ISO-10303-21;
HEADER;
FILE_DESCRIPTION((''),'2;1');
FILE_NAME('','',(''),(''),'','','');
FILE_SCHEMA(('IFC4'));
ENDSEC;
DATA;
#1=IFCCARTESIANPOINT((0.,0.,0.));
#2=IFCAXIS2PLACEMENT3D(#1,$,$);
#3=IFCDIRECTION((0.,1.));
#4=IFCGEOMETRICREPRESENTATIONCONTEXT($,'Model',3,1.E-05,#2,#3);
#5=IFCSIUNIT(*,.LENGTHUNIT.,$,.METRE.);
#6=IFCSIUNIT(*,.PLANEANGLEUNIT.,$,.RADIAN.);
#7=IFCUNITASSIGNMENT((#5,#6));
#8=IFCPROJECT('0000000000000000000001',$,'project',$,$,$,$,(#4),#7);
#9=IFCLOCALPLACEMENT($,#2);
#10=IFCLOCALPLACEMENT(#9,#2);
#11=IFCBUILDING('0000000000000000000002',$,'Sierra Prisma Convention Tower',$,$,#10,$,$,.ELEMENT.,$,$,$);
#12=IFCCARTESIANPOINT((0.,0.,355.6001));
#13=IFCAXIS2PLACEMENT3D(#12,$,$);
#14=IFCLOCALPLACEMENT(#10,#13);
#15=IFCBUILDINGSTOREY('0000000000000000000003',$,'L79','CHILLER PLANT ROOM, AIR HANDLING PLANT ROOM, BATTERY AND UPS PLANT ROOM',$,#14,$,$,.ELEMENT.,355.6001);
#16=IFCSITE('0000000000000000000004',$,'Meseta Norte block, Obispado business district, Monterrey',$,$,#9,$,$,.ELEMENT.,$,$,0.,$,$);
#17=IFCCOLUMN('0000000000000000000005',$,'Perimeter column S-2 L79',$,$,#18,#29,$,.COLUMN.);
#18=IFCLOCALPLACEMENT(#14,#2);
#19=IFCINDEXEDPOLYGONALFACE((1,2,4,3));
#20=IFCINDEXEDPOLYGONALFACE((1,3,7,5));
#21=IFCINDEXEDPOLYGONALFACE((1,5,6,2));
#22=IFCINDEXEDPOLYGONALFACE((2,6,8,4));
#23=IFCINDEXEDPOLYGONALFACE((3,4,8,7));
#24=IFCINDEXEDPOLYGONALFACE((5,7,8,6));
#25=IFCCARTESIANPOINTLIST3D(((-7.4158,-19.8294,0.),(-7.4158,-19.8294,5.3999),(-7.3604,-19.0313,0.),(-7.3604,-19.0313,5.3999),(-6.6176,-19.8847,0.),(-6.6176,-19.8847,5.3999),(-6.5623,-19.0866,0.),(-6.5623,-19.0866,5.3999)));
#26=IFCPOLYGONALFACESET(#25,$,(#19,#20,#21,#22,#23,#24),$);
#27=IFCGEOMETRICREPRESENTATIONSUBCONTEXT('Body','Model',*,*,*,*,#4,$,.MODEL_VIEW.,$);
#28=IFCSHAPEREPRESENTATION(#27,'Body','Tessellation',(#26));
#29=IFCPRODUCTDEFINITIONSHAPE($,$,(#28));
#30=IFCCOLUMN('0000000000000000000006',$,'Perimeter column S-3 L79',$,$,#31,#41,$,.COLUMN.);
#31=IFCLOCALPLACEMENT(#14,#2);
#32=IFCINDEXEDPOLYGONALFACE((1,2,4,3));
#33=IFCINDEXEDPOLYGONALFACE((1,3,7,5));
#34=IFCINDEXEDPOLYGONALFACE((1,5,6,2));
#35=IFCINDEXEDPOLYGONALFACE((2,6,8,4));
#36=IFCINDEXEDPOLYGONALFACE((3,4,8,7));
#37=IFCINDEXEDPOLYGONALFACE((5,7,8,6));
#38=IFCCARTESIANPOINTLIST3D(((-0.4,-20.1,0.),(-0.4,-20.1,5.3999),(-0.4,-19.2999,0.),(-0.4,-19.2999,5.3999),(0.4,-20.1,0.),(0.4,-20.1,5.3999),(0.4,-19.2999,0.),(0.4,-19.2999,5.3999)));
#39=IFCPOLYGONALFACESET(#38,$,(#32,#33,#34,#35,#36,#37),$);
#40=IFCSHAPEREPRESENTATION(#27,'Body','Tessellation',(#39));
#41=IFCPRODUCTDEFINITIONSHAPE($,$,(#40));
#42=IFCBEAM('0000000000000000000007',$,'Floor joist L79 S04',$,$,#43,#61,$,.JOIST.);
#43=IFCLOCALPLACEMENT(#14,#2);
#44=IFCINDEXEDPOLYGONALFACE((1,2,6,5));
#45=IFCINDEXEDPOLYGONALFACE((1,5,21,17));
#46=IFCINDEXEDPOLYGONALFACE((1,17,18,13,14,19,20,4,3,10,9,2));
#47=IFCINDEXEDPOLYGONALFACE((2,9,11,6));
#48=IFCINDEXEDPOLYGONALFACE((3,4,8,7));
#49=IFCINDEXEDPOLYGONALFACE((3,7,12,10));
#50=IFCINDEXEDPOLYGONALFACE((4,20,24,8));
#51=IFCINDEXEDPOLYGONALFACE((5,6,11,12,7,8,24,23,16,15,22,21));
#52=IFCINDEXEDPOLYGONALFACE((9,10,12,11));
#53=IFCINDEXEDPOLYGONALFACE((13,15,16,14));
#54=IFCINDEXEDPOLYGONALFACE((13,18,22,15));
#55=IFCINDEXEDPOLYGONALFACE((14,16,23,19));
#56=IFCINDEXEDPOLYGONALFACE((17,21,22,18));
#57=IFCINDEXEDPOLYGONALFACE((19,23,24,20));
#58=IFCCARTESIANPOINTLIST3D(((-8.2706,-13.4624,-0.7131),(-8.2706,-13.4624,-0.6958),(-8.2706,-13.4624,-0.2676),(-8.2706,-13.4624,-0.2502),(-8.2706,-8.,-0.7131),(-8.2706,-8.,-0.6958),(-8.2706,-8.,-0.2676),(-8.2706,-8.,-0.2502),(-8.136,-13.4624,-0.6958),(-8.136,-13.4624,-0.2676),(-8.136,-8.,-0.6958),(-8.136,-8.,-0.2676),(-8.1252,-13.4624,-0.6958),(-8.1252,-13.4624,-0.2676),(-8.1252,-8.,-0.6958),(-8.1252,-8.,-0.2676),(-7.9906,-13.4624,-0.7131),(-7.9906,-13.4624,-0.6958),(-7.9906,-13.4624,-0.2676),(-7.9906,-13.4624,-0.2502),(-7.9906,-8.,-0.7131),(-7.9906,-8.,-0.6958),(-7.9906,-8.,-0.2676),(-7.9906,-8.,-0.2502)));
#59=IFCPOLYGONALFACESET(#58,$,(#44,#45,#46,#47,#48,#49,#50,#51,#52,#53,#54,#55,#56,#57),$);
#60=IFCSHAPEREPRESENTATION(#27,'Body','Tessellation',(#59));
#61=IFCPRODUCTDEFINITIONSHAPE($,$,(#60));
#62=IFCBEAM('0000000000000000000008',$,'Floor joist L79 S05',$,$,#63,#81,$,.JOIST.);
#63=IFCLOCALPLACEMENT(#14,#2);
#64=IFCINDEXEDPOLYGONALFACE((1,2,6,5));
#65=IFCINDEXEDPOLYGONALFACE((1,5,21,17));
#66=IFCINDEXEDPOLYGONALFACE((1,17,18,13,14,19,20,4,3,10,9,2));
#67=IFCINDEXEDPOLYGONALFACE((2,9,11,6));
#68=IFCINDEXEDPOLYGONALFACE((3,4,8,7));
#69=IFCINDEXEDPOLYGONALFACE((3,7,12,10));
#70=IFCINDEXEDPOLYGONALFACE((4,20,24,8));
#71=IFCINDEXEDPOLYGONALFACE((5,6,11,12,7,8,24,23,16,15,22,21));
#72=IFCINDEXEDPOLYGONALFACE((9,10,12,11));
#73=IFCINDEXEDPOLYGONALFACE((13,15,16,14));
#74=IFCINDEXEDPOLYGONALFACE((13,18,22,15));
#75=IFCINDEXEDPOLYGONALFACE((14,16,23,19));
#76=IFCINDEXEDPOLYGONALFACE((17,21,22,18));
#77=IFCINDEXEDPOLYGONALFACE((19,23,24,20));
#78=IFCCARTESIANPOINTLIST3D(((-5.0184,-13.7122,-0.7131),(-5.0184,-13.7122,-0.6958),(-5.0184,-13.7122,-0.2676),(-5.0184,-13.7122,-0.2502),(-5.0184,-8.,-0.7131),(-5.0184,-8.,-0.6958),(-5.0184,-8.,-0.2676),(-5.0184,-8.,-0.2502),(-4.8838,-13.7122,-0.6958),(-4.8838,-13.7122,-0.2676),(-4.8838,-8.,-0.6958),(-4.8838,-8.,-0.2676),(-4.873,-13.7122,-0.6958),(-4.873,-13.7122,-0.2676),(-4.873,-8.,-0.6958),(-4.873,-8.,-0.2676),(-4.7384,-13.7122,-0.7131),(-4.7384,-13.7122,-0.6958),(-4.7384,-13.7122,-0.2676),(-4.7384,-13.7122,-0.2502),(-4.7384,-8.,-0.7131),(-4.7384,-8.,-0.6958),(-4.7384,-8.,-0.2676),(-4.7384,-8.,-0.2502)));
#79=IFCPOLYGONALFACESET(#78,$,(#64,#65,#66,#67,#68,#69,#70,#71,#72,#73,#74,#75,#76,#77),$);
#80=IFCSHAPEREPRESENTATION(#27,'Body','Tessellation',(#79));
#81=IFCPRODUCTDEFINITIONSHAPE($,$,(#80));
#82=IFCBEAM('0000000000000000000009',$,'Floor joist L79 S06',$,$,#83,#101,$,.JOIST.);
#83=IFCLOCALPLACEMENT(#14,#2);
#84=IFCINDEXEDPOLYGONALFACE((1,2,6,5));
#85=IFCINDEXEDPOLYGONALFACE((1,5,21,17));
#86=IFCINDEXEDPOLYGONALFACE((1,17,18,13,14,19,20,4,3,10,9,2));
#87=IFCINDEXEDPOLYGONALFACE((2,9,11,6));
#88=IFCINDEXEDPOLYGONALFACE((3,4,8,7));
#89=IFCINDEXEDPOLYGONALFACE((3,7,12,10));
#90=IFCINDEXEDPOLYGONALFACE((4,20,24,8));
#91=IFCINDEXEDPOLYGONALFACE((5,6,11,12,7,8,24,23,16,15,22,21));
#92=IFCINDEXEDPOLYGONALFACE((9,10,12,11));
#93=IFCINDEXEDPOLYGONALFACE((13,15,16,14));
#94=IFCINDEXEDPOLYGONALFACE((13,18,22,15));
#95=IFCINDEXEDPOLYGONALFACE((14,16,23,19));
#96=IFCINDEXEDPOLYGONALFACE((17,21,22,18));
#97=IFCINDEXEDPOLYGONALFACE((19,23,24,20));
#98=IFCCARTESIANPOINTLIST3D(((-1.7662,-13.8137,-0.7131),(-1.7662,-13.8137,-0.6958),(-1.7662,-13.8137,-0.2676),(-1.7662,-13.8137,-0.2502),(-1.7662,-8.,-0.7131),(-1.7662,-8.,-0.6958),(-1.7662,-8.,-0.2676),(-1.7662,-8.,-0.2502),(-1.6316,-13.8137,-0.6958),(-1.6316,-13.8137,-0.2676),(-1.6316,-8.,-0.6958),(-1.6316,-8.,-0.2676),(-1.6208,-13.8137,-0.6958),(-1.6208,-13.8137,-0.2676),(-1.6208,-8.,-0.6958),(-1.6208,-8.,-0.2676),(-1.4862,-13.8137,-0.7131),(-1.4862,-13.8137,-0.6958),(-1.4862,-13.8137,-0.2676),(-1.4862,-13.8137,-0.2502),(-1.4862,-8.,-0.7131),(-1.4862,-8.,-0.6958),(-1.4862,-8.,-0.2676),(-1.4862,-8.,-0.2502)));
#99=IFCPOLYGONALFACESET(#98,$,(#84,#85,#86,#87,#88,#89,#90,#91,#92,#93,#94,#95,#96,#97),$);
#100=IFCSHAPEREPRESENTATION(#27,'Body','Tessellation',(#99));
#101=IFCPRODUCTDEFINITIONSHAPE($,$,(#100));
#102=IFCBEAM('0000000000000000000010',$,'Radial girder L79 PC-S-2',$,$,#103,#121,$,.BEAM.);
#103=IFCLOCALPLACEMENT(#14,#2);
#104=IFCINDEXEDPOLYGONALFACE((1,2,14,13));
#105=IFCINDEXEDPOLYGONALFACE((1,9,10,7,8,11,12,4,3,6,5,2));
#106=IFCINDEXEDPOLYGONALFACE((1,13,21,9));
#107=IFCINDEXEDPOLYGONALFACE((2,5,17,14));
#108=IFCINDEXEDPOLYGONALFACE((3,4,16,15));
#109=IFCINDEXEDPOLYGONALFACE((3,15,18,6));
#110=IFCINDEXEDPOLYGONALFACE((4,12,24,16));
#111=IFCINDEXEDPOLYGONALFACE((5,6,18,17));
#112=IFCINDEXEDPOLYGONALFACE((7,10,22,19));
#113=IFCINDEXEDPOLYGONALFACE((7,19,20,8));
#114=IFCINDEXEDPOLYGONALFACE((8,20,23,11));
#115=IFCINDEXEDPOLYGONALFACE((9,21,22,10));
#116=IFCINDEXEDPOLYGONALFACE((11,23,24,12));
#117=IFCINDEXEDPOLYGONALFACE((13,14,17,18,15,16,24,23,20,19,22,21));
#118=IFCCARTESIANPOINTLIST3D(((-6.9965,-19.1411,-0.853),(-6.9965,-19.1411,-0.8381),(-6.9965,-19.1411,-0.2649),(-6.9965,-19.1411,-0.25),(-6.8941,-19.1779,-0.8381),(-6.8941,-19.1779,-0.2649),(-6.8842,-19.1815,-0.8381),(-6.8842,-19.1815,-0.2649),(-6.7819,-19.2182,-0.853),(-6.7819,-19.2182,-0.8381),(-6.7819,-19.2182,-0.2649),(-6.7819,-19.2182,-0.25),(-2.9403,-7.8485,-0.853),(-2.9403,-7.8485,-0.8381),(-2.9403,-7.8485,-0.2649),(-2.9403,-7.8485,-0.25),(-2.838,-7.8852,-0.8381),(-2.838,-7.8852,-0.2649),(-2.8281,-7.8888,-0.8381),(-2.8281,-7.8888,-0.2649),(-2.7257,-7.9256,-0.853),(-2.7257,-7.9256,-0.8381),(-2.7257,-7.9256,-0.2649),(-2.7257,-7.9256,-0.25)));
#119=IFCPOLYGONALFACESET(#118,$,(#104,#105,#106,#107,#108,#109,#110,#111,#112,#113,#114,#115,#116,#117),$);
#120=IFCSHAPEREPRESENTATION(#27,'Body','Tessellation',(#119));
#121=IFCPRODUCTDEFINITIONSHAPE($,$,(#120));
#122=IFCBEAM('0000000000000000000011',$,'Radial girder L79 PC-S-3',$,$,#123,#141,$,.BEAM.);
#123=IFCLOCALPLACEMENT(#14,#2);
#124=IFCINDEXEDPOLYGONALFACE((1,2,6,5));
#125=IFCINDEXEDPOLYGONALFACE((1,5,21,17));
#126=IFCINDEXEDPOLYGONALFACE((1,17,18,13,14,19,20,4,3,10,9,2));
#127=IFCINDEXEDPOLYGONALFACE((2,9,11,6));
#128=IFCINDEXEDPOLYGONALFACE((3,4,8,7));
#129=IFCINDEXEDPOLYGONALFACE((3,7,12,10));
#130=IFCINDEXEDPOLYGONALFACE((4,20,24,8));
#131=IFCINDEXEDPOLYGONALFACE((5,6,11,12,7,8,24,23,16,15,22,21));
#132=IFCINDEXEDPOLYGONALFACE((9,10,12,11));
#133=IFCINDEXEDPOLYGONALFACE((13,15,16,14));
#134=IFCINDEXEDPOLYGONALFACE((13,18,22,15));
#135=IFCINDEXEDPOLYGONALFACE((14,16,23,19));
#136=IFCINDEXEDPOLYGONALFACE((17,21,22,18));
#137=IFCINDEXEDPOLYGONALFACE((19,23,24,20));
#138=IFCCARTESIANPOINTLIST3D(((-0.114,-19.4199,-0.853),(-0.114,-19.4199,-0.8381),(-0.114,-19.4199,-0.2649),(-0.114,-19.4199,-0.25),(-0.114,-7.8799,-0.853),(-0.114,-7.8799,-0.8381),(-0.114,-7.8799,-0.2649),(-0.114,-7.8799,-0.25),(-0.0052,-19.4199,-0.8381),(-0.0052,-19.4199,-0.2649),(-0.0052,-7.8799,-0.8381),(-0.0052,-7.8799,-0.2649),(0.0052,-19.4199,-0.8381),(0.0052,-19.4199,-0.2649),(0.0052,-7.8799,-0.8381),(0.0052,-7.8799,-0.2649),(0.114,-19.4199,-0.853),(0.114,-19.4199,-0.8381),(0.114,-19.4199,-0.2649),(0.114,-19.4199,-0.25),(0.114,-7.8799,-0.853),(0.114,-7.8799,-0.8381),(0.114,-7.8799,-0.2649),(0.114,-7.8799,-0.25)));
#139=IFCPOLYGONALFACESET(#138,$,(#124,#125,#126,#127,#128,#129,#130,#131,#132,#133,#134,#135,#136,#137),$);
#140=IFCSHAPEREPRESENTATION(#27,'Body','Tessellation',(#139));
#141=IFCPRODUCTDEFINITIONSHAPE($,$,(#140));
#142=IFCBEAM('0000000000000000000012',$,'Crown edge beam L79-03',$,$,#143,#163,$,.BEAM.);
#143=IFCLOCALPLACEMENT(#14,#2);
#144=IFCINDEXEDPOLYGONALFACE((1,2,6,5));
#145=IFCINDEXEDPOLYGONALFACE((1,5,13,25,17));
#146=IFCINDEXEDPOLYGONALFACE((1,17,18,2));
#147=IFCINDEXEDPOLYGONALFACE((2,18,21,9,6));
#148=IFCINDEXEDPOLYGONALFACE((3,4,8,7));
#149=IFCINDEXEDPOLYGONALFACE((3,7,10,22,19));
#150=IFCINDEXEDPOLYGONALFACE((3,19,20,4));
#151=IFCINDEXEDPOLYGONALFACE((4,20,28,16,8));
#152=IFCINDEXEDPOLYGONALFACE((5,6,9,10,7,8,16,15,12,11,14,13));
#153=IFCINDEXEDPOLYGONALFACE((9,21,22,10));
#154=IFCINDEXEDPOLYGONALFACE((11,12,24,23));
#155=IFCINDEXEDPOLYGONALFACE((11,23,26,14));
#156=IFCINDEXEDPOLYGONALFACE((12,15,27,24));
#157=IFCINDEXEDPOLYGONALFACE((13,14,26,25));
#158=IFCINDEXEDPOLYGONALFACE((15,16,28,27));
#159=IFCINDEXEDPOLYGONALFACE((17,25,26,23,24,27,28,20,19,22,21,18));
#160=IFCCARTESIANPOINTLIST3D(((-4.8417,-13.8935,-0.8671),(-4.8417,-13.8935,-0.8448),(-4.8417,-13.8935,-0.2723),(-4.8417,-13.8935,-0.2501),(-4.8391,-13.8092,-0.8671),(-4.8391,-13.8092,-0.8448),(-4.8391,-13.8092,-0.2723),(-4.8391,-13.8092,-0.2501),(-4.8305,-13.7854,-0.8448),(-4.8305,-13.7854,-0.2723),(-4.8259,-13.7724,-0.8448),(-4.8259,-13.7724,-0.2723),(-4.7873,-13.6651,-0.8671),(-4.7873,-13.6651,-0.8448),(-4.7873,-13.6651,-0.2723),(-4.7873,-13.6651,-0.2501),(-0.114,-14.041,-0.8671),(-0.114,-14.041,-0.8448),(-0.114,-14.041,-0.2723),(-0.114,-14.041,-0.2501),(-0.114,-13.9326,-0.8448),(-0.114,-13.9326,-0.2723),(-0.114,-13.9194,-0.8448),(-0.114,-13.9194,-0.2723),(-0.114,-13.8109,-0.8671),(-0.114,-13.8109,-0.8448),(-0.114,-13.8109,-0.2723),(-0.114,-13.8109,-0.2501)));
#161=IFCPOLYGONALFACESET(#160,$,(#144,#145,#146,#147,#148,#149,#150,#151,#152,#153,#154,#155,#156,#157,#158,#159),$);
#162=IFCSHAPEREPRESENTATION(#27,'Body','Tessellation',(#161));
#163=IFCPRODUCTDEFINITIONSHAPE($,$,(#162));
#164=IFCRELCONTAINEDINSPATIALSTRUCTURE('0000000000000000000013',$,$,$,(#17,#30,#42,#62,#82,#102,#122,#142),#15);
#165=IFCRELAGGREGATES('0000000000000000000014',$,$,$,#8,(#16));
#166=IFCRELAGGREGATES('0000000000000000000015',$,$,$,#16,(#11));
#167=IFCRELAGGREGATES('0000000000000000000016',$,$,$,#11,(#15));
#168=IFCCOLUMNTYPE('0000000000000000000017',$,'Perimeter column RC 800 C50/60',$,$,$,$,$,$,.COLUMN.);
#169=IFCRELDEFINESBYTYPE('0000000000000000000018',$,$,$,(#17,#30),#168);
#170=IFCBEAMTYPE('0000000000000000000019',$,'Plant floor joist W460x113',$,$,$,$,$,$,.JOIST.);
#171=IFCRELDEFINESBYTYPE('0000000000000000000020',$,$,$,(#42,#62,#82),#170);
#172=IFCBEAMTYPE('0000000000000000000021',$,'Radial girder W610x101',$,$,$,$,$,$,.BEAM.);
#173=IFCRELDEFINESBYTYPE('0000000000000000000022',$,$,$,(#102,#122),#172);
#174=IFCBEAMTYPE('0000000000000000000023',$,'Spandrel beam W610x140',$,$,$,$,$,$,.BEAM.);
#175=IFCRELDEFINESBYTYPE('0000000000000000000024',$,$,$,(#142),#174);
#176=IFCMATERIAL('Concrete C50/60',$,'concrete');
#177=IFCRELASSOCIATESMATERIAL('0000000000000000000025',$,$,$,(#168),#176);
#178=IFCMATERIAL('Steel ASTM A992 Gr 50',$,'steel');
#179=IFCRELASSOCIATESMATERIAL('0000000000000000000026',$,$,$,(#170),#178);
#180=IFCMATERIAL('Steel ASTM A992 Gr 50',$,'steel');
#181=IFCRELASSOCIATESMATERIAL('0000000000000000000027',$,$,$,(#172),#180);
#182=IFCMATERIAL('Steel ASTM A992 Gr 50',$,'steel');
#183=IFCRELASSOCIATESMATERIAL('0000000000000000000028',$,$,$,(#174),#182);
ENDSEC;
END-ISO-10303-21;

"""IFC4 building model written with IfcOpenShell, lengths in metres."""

from ifc_helpers import new_model, si_unit, direction, frame, origin, origin_2d, place, context, subcontext, project, spatial, rectangle, i_section, extrude, clip, halfspace, material, material_profile, profile_set, type_object, element, save


model = new_model("IFC4")

# Units and contexts
model_context = context("Model", 3, precision=1e-05, world=origin(), true_north=direction((0.0, 1.0)))
body_context = subcontext(model_context, "Body", "Model", "MODEL_VIEW")
ifc_project = project(units=[si_unit("LENGTHUNIT", "METRE"), si_unit("PLANEANGLEUNIT", "RADIAN")], contexts=[model_context])

# Site, building, storey
site_placement = place(None, origin())
site = spatial("IfcSite", under=ifc_project, at=site_placement, Name="Meseta Norte block, Obispado business district, Monterrey", CompositionType="ELEMENT", RefElevation=0.0)
building_placement = place(site_placement, origin())
building = spatial("IfcBuilding", under=site, at=building_placement, Name="Sierra Prisma Convention Tower", CompositionType="ELEMENT")
storey_placement = place(building_placement, frame((0.0, 0.0, 355.6001)))
storey = spatial("IfcBuildingStorey", under=building, at=storey_placement, Name="L79", Description="CHILLER PLANT ROOM, AIR HANDLING PLANT ROOM, BATTERY AND UPS PLANT ROOM", CompositionType="ELEMENT", Elevation=355.6001)

# Columns
ifc_material_1 = material(Name="Concrete C50/60", Category="concrete")
ifc_material_profile_1 = material_profile(ifc_material_1, rectangle(XDim=0.8, YDim=0.8, at=origin_2d()), Name="Perimeter column RC 800 C50/60")
ifc_profile_set_1 = profile_set([ifc_material_profile_1], Name="Concrete C50/60")
column_type = type_object("IfcColumnType", Name="Perimeter column RC 800 C50/60", PredefinedType="COLUMN", material=ifc_profile_set_1)
for number, where, z_axis, x_axis, name in (
    (1, (-6.989, -19.458, 0.0), (0.0, 0.0, 1.0), (-0.997605, 0.069175, 0.0), "Perimeter column S-2 L79"),
    (2, (0.0, -19.7, 0.0), (0.0, 0.0, 1.0), (1.0, 0.0, 0.0), "Perimeter column S-3 L79"),
):
    element("IfcColumn", number, at=place(storey_placement, frame(where, z_axis=z_axis, x_axis=x_axis)), inside=storey, type_object=column_type, Name=name, PredefinedType="COLUMN", context=body_context, shape_type="SweptSolid", body=[
        extrude(rectangle(XDim=0.8, YDim=0.8, at=origin_2d()), origin(), (0.0, 0.0, 1.0), 5.3999),
    ])

# Beams
ifc_material_2 = material(Name="Steel ASTM A992 Gr 50", Category="steel")
ifc_material_profile_2 = material_profile(ifc_material_2, i_section(OverallWidth=0.28, OverallDepth=0.4629, WebThickness=0.0107, FlangeThickness=0.0173, at=origin_2d()), Name="W460x113")
ifc_profile_set_2 = profile_set([ifc_material_profile_2], Name="Steel ASTM A992 Gr 50")
beam_type_1 = type_object("IfcBeamType", Name="Plant floor joist W460x113", PredefinedType="JOIST", material=ifc_profile_set_2)
beam_1_placement = place(storey_placement, frame((-8.1306, -13.4624, -0.4817), z_axis=(0.0, 1.0, 0.0), x_axis=(-1.0, 0.0, 0.0)))
element("IfcBeam", 3, at=beam_1_placement, inside=storey, type_object=beam_type_1, Name="Floor joist L79 S04", PredefinedType="JOIST", context=body_context, shape_type="SweptSolid", body=[
    extrude(i_section(OverallWidth=0.28, OverallDepth=0.4629, WebThickness=0.0107, FlangeThickness=0.0173, at=origin_2d()), origin(), (0.0, 0.0, 1.0), 5.4624),
])
beam_2_placement = place(storey_placement, frame((-4.8784, -13.7122, -0.4817), z_axis=(0.0, 1.0, 0.0), x_axis=(-1.0, 0.0, 0.0)))
element("IfcBeam", 4, at=beam_2_placement, inside=storey, type_object=beam_type_1, Name="Floor joist L79 S05", PredefinedType="JOIST", context=body_context, shape_type="SweptSolid", body=[
    extrude(i_section(OverallWidth=0.28, OverallDepth=0.4629, WebThickness=0.0107, FlangeThickness=0.0173, at=origin_2d()), origin(), (0.0, 0.0, 1.0), 5.7122),
])
beam_3_placement = place(storey_placement, frame((-1.6262, -13.8137, -0.4817), z_axis=(0.0, 1.0, 0.0), x_axis=(-1.0, 0.0, 0.0)))
element("IfcBeam", 5, at=beam_3_placement, inside=storey, type_object=beam_type_1, Name="Floor joist L79 S06", PredefinedType="JOIST", context=body_context, shape_type="SweptSolid", body=[
    extrude(i_section(OverallWidth=0.28, OverallDepth=0.4629, WebThickness=0.0107, FlangeThickness=0.0173, at=origin_2d()), origin(), (0.0, 0.0, 1.0), 5.8137),
])
ifc_material_3 = material(Name="Steel ASTM A992 Gr 50", Category="steel")
ifc_material_profile_3 = material_profile(ifc_material_3, i_section(OverallWidth=0.228, OverallDepth=0.603, WebThickness=0.0105, FlangeThickness=0.0149, at=origin_2d()), Name="W610x101")
ifc_profile_set_3 = profile_set([ifc_material_profile_3], Name="Steel ASTM A992 Gr 50")
beam_type_2 = type_object("IfcBeamType", Name="Radial girder W610x101", PredefinedType="BEAM", material=ifc_profile_set_3)
beam_4_placement = place(storey_placement, frame((-6.8892, -19.1797, -0.5515), z_axis=(0.338039, 0.941132, 0.0), x_axis=(-0.941132, 0.338039, 0.0)))
element("IfcBeam", 6, at=beam_4_placement, inside=storey, type_object=beam_type_2, Name="Radial girder L79 PC-S-2", PredefinedType="BEAM", context=body_context, shape_type="SweptSolid", body=[
    extrude(i_section(OverallWidth=0.228, OverallDepth=0.603, WebThickness=0.0105, FlangeThickness=0.0149, at=origin_2d()), origin(), (0.0, 0.0, 1.0), 11.999),
])
beam_5_placement = place(storey_placement, frame((0.0, -19.4199, -0.5515), z_axis=(0.0, 1.0, 0.0), x_axis=(-1.0, 0.0, 0.0)))
element("IfcBeam", 7, at=beam_5_placement, inside=storey, type_object=beam_type_2, Name="Radial girder L79 PC-S-3", PredefinedType="BEAM", context=body_context, shape_type="SweptSolid", body=[
    extrude(i_section(OverallWidth=0.228, OverallDepth=0.603, WebThickness=0.0105, FlangeThickness=0.0149, at=origin_2d()), origin(), (0.0, 0.0, 1.0), 11.54),
])
ifc_material_4 = material(Name="Steel ASTM A992 Gr 50", Category="steel")
ifc_material_profile_4 = material_profile(ifc_material_4, i_section(OverallWidth=0.23, OverallDepth=0.6169, WebThickness=0.0132, FlangeThickness=0.0222, at=origin_2d()), Name="W610x140")
ifc_profile_set_4 = profile_set([ifc_material_profile_4], Name="Steel ASTM A992 Gr 50")
beam_type_3 = type_object("IfcBeamType", Name="Spandrel beam W610x140", PredefinedType="BEAM", material=ifc_profile_set_4)
beam_6_placement = place(storey_placement, frame((-4.8381, -13.7786, -0.5586), z_axis=(0.999514, -0.031185, 0.0), x_axis=(0.031185, 0.999514, 0.0)))
element("IfcBeam", 8, at=beam_6_placement, inside=storey, type_object=beam_type_3, Name="Crown edge beam L79-03", PredefinedType="BEAM", context=body_context, shape_type="SweptSolid", body=[
    clip(clip(extrude(i_section(OverallWidth=0.23, OverallDepth=0.6169, WebThickness=0.0132, FlangeThickness=0.0222, at=origin_2d()), origin(), (0.0, 0.0, 1.0), 4.7363), halfspace(frame((-0.0352, 0.0, -0.0015), z_axis=(-0.30853, 0.0, 0.951215), x_axis=(0.951215, 0.0, 0.30853)), True)), halfspace(frame((-0.0034, 0.0, 4.7266), z_axis=(-0.031185, 0.0, -0.999514), x_axis=(0.999514, 0.0, -0.031185)), True)),
])

save(model, "model.ifc")
